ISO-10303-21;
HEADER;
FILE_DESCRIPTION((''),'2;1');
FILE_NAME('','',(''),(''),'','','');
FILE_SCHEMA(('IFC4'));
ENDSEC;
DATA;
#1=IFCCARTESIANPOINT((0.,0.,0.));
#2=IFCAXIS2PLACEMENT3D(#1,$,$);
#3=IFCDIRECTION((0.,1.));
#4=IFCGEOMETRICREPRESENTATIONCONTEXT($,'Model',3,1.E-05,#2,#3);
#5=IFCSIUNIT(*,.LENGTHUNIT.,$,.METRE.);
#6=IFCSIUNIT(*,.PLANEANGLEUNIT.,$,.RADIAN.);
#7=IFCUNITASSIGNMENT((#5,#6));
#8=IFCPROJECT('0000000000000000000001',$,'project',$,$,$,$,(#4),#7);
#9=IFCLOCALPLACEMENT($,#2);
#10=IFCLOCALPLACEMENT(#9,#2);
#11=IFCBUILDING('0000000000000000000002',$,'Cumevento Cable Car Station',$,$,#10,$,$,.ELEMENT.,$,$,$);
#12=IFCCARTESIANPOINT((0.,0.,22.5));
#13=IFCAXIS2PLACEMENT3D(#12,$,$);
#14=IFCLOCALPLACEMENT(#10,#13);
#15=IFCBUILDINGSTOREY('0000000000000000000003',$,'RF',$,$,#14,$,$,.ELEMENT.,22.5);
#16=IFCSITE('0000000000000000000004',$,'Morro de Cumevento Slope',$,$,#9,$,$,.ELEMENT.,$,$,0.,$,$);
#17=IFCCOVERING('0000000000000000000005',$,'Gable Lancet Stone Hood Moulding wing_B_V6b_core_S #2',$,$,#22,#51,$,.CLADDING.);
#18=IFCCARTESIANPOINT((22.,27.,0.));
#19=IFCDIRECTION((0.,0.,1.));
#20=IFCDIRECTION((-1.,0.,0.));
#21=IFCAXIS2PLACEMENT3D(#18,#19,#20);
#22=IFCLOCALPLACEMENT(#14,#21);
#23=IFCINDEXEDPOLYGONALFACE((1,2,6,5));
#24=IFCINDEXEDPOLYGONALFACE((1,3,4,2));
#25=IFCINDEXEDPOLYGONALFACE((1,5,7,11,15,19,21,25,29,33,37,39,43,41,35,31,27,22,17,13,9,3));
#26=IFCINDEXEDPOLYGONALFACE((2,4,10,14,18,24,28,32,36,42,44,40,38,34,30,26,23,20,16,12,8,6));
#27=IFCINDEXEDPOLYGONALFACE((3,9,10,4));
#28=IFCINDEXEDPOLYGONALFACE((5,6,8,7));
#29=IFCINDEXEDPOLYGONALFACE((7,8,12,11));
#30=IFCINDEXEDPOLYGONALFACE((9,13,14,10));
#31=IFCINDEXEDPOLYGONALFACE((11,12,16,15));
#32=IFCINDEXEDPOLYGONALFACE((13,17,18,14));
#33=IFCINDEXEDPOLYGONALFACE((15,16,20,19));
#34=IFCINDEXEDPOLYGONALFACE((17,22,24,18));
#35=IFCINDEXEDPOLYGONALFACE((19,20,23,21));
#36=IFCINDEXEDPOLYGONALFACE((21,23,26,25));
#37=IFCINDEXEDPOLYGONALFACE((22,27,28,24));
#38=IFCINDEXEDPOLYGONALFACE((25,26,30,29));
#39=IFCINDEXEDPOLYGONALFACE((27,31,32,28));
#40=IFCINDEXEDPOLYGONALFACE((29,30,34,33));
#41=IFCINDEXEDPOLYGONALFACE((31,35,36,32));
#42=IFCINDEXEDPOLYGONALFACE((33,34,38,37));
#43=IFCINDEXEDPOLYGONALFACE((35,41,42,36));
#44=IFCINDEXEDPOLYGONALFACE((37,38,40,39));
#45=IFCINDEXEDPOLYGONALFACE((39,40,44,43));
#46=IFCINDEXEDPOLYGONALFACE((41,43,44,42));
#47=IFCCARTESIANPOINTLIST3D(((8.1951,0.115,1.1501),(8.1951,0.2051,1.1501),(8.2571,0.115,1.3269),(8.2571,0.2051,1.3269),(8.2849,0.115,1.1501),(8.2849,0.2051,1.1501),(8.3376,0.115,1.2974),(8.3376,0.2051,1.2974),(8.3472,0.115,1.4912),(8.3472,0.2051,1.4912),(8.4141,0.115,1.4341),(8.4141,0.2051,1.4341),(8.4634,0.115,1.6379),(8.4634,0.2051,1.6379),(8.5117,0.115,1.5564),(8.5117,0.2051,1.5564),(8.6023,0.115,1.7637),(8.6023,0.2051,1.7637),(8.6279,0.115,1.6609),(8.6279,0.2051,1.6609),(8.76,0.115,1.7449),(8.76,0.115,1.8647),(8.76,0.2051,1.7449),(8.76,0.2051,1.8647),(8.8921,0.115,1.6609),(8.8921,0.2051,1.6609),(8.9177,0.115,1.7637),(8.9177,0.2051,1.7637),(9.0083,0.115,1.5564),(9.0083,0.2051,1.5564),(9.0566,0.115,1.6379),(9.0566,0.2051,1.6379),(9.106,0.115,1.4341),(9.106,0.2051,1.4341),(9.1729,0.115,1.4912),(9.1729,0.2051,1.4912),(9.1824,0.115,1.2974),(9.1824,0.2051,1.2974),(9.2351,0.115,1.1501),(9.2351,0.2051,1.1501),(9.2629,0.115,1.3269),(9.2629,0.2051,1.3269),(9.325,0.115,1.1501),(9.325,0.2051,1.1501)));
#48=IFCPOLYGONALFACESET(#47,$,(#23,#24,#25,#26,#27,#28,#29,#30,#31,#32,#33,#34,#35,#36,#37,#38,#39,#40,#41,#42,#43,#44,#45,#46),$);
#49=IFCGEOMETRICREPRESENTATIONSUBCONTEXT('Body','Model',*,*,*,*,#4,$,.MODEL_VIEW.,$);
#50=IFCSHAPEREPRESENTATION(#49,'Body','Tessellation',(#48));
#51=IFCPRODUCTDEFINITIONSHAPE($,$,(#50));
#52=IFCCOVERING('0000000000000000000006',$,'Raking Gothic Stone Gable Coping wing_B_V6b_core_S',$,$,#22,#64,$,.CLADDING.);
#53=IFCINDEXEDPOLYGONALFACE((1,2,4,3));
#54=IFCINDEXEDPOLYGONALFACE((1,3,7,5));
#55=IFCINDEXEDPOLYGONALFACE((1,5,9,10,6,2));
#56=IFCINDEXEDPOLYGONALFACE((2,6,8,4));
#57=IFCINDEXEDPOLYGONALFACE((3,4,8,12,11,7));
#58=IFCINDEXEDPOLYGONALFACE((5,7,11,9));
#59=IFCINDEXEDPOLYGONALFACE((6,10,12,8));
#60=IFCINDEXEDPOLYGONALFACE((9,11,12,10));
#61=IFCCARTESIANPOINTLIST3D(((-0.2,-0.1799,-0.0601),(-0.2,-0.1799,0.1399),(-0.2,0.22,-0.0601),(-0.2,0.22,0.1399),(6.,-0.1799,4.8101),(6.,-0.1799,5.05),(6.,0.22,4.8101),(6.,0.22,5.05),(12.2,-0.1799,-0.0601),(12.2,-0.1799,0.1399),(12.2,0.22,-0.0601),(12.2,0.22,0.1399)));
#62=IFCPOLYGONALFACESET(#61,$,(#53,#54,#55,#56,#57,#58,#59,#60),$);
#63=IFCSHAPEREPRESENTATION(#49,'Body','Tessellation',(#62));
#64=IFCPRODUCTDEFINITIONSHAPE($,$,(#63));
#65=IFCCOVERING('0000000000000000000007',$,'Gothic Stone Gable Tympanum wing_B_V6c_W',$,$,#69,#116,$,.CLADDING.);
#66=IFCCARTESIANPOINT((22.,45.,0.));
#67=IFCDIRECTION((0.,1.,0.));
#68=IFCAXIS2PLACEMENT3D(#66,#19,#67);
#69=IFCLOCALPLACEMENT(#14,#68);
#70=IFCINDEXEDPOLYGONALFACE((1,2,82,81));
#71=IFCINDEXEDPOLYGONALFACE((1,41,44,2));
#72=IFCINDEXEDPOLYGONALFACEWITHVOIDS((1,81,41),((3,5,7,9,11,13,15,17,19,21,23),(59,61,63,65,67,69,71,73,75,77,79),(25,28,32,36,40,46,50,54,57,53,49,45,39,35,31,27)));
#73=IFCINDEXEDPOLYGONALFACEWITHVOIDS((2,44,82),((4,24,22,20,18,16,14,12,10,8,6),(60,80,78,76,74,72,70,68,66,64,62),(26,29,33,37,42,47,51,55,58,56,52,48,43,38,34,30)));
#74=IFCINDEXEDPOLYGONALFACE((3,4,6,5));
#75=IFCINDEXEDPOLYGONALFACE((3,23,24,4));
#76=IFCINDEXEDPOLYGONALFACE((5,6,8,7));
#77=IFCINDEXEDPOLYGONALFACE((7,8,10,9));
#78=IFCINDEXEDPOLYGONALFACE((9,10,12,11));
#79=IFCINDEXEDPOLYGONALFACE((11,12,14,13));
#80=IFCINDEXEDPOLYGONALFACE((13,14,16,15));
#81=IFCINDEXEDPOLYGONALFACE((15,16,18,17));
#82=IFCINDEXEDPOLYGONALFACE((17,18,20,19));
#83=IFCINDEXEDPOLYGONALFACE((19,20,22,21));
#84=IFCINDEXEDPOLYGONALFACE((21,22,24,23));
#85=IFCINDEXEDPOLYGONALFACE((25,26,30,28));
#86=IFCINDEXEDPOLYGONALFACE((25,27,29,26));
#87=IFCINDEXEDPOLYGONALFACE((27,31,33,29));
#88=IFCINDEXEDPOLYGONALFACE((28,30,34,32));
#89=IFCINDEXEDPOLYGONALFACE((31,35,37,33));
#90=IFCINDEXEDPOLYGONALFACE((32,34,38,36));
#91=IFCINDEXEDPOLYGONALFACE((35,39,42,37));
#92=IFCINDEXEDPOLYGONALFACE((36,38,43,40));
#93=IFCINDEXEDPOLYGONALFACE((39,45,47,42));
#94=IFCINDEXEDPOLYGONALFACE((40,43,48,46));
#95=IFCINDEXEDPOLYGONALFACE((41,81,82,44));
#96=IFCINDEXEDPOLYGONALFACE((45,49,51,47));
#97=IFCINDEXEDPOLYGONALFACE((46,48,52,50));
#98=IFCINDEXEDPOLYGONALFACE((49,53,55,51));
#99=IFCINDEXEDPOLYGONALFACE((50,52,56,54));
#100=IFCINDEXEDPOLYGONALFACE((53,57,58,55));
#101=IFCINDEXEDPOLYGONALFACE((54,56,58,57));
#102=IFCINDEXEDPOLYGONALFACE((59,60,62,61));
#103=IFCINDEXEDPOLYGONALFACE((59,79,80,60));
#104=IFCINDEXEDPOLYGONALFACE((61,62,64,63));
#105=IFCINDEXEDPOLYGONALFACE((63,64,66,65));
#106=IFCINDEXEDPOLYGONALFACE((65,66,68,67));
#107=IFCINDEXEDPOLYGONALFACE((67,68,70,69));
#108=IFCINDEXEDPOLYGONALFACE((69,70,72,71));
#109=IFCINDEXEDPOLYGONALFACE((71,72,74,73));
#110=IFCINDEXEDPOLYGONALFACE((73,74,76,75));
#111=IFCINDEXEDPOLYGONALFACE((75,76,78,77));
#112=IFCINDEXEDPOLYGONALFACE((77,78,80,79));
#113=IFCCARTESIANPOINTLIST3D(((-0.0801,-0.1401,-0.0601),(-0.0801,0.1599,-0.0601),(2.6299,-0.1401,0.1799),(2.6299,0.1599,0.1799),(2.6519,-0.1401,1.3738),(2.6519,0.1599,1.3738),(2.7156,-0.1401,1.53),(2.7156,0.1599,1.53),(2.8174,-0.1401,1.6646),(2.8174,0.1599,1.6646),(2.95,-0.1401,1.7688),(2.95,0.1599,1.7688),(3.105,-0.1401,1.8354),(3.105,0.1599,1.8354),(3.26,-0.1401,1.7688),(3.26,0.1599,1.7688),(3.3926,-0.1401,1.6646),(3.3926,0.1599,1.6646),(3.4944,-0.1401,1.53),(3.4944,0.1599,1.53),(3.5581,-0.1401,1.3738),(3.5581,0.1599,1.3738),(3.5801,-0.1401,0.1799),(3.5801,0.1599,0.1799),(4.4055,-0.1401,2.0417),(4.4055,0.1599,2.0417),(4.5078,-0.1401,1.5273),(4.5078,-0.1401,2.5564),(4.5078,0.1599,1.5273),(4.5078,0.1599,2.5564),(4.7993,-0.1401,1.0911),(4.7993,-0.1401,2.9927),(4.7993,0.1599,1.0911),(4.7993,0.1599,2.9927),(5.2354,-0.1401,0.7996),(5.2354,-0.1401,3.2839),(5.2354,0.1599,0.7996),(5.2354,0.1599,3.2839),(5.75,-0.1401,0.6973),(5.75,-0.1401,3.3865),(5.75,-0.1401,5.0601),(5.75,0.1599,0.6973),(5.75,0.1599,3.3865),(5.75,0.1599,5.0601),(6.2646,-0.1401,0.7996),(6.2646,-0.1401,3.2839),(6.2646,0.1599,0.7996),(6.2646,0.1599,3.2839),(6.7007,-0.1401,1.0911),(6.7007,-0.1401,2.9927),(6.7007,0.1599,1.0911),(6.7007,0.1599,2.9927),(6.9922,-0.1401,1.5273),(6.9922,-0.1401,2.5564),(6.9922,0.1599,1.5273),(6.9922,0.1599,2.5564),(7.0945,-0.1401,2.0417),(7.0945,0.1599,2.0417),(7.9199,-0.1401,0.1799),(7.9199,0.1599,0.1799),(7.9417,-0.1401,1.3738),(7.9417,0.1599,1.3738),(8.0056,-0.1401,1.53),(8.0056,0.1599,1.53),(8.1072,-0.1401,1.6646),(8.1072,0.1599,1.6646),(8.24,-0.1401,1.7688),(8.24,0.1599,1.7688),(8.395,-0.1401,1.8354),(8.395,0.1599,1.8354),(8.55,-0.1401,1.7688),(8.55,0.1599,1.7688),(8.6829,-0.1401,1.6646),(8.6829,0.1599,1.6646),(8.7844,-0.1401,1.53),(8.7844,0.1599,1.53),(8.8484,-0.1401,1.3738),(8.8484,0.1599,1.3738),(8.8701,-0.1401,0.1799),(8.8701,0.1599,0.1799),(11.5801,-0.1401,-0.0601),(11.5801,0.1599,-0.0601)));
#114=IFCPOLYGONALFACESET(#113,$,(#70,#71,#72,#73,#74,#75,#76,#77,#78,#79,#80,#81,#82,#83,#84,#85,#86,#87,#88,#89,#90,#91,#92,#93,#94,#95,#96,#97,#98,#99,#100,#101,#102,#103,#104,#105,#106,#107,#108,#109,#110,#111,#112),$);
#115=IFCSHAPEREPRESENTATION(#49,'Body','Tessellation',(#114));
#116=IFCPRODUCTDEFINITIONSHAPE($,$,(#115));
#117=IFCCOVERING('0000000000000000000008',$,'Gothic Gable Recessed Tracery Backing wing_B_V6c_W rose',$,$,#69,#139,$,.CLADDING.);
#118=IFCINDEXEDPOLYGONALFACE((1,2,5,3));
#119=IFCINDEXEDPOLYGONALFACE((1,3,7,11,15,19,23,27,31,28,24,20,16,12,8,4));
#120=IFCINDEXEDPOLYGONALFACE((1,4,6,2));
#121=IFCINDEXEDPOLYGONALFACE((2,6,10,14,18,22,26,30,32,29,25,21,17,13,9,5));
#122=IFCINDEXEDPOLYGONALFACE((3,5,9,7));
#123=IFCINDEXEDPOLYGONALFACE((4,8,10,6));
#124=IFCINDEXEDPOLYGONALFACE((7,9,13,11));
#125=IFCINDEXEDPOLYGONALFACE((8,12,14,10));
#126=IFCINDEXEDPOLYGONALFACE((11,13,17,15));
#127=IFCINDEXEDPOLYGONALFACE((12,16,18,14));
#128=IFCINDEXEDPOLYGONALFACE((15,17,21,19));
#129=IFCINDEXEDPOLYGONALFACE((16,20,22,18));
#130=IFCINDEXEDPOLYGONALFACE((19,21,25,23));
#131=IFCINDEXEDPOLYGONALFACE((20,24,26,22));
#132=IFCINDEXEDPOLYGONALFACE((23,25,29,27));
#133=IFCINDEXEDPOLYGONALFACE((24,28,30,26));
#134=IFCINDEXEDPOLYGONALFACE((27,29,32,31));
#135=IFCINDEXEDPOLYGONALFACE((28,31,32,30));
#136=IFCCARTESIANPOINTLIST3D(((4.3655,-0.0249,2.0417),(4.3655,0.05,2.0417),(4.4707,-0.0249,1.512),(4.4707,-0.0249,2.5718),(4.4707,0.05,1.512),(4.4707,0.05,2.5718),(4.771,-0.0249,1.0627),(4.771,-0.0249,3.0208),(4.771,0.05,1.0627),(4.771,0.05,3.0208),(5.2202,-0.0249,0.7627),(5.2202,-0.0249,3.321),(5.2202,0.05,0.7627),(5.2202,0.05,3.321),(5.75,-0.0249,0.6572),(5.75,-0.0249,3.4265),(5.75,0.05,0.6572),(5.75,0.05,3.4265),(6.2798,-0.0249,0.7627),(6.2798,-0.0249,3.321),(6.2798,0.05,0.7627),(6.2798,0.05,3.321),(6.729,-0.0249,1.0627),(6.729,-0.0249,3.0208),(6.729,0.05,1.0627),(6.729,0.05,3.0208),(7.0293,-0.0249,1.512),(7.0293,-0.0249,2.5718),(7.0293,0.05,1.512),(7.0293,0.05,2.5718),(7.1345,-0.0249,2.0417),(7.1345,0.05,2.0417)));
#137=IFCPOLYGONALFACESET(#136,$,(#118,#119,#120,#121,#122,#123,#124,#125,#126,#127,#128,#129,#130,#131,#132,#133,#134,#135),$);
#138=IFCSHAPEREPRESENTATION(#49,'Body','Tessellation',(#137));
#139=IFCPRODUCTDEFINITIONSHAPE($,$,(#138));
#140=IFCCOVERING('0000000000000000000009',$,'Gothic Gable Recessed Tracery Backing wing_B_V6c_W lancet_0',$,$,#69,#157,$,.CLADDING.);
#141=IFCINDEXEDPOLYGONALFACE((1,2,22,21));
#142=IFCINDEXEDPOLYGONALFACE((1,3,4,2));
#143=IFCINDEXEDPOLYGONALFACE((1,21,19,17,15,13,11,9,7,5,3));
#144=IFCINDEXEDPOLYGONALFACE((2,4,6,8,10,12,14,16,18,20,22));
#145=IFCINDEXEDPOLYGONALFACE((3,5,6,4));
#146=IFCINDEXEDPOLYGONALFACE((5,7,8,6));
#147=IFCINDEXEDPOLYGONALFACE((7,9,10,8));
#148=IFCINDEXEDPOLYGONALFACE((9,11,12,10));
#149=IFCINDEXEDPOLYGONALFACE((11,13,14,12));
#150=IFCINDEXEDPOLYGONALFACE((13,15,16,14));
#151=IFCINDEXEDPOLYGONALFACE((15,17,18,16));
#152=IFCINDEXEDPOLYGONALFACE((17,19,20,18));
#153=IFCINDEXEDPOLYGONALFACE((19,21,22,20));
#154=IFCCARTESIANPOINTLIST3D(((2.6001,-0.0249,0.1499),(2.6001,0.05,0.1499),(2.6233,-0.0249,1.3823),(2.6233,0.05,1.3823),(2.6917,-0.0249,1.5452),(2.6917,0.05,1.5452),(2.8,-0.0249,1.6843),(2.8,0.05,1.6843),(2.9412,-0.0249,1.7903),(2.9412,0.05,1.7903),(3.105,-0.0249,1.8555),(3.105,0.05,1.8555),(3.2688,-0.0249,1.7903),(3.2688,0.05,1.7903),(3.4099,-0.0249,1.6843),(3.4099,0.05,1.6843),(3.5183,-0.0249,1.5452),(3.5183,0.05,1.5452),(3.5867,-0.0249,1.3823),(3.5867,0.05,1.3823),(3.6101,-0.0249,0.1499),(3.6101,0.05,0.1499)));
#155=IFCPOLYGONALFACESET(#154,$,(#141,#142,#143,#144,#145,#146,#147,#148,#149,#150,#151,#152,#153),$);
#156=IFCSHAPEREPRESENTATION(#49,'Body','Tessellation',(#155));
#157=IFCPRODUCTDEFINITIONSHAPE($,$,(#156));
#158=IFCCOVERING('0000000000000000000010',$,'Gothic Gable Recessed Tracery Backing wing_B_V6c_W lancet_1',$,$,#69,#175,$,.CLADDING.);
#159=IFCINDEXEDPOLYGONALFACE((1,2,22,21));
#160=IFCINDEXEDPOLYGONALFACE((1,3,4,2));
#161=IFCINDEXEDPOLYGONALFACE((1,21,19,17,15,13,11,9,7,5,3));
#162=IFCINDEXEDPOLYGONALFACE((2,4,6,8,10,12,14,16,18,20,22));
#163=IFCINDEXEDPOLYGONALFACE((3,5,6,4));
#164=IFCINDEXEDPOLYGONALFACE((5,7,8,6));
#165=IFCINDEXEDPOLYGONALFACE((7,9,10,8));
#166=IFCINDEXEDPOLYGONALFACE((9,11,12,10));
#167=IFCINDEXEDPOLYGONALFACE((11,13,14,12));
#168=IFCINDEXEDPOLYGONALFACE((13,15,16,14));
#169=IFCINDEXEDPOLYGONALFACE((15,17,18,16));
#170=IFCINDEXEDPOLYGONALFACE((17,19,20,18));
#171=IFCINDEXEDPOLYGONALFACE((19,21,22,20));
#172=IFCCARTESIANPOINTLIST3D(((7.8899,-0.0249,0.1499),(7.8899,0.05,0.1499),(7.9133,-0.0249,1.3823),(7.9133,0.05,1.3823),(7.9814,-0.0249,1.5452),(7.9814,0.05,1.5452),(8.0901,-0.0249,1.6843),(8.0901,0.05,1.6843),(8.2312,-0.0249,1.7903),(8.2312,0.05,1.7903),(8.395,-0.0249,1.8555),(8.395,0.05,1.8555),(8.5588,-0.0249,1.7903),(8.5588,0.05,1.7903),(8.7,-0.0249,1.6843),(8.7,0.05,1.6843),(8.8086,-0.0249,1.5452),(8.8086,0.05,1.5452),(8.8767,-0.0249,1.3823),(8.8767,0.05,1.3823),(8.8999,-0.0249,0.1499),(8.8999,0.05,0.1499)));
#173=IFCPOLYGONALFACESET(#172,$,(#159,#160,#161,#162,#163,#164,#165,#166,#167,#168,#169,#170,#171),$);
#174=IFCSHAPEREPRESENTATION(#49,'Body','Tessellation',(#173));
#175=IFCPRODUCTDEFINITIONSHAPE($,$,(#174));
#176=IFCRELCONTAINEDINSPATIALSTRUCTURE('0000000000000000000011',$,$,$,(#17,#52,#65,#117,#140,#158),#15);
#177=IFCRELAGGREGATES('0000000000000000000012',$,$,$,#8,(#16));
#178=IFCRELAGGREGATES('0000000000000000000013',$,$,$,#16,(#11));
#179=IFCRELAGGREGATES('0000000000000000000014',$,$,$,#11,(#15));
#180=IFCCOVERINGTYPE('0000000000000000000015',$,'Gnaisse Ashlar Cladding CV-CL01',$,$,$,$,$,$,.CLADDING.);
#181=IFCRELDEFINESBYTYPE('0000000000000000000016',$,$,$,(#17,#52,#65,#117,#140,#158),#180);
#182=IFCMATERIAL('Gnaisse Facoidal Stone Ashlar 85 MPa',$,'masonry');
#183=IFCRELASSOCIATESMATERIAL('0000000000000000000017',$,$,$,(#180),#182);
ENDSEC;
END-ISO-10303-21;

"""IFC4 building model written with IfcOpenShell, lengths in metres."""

from ifc_helpers import new_model, si_unit, direction, frame, origin, place, context, subcontext, project, spatial, polyline, outline, extrude, material, type_object, element, save


model = new_model("IFC4")

# Units and contexts
model_context = context("Model", 3, precision=1e-05, world=origin(), true_north=direction((0.0, 1.0)))
body_context = subcontext(model_context, "Body", "Model", "MODEL_VIEW")
ifc_project = project(units=[si_unit("LENGTHUNIT", "METRE"), si_unit("PLANEANGLEUNIT", "RADIAN")], contexts=[model_context])

# Site, building, storey
site_placement = place(None, origin())
site = spatial("IfcSite", under=ifc_project, at=site_placement, Name="Morro de Cumevento Slope", CompositionType="ELEMENT", RefElevation=0.0)
building_placement = place(site_placement, origin())
building = spatial("IfcBuilding", under=site, at=building_placement, Name="Cumevento Cable Car Station", CompositionType="ELEMENT")
storey_placement = place(building_placement, frame((0.0, 0.0, 22.5)))
storey = spatial("IfcBuildingStorey", under=building, at=storey_placement, Name="RF", CompositionType="ELEMENT", Elevation=22.5)

# Coverings
ifc_material_1 = material(Name="Gnaisse Facoidal Stone Ashlar 85 MPa", Category="masonry")
covering_type = type_object("IfcCoveringType", Name="Gnaisse Ashlar Cladding CV-CL01", PredefinedType="CLADDING", material=ifc_material_1)
placement_1 = place(storey_placement, frame((22.0, 27.0, 0.0), z_axis=(0.0, 0.0, 1.0), x_axis=(-1.0, 0.0, 0.0)))
element("IfcCovering", 1, at=placement_1, inside=storey, type_object=covering_type, Name="Gable Lancet Stone Hood Moulding wing_B_V6b_core_S #2", PredefinedType="CLADDING", context=body_context, shape_type="SweptSolid", body=[
    extrude(outline(polyline([(8.2849, 1.1501), (8.3376, 1.2974), (8.4141, 1.4341), (8.5117, 1.5564), (8.6279, 1.6609), (8.76, 1.7449), (8.8921, 1.6609), (9.0083, 1.5564), (9.106, 1.4341), (9.1824, 1.2974), (9.2351, 1.1501), (9.325, 1.1501), (9.2629, 1.3269), (9.1729, 1.4912), (9.0566, 1.6379), (8.9177, 1.7637), (8.76, 1.8647), (8.6023, 1.7637), (8.4634, 1.6379), (8.3472, 1.4912), (8.2571, 1.3269), (8.1951, 1.1501), (8.2849, 1.1501)])), frame((0.0, 0.2051, 0.0), z_axis=(0.0, -1.0, 0.0), x_axis=(1.0, 0.0, 0.0)), (0.0, 0.0, 1.0), 0.0901),
])
element("IfcCovering", 2, at=placement_1, inside=storey, type_object=covering_type, Name="Raking Gothic Stone Gable Coping wing_B_V6b_core_S", PredefinedType="CLADDING", context=body_context, shape_type="SweptSolid", body=[
    extrude(outline(polyline([(-0.2, -0.0601), (6.0, 4.8101), (12.2, -0.0601), (12.2, 0.1399), (6.0, 5.05), (-0.2, 0.1399), (-0.2, -0.0601)])), frame((0.0, 0.22, 0.0), z_axis=(0.0, -1.0, 0.0), x_axis=(1.0, 0.0, 0.0)), (0.0, 0.0, 1.0), 0.3999),
])
placement_2 = place(storey_placement, frame((22.0, 45.0, 0.0), z_axis=(0.0, 0.0, 1.0), x_axis=(0.0, 1.0, 0.0)))
element("IfcCovering", 3, at=placement_2, inside=storey, type_object=covering_type, Name="Gothic Stone Gable Tympanum wing_B_V6c_W", PredefinedType="CLADDING", context=body_context, shape_type="SweptSolid", body=[
    extrude(outline(polyline([(-0.0801, -0.0601), (11.5801, -0.0601), (5.75, 5.0601), (-0.0801, -0.0601)]), holes=[polyline([(7.0945, 2.0417), (6.9922, 2.5564), (6.7007, 2.9927), (6.2646, 3.2839), (5.75, 3.3865), (5.2354, 3.2839), (4.7993, 2.9927), (4.5078, 2.5564), (4.4055, 2.0417), (4.5078, 1.5273), (4.7993, 1.0911), (5.2354, 0.7996), (5.75, 0.6973), (6.2646, 0.7996), (6.7007, 1.0911), (6.9922, 1.5273), (7.0945, 2.0417)]), polyline([(2.6299, 0.1799), (3.5801, 0.1799), (3.5581, 1.3738), (3.4944, 1.53), (3.3926, 1.6646), (3.26, 1.7688), (3.105, 1.8354), (2.95, 1.7688), (2.8174, 1.6646), (2.7156, 1.53), (2.6519, 1.3738), (2.6299, 0.1799)]), polyline([(7.9199, 0.1799), (8.8701, 0.1799), (8.8484, 1.3738), (8.7844, 1.53), (8.6829, 1.6646), (8.55, 1.7688), (8.395, 1.8354), (8.24, 1.7688), (8.1072, 1.6646), (8.0056, 1.53), (7.9417, 1.3738), (7.9199, 0.1799)])]), frame((0.0, 0.1599, 0.0), z_axis=(0.0, -1.0, 0.0), x_axis=(1.0, 0.0, 0.0)), (0.0, 0.0, 1.0), 0.3),
])
element("IfcCovering", 4, at=placement_2, inside=storey, type_object=covering_type, Name="Gothic Gable Recessed Tracery Backing wing_B_V6c_W rose", PredefinedType="CLADDING", context=body_context, shape_type="SweptSolid", body=[
    extrude(outline(polyline([(7.1345, 2.0417), (7.0293, 2.5718), (6.729, 3.0208), (6.2798, 3.321), (5.75, 3.4265), (5.2202, 3.321), (4.771, 3.0208), (4.4707, 2.5718), (4.3655, 2.0417), (4.4707, 1.512), (4.771, 1.0627), (5.2202, 0.7627), (5.75, 0.6572), (6.2798, 0.7627), (6.729, 1.0627), (7.0293, 1.512), (7.1345, 2.0417)])), frame((0.0, 0.05, 0.0), z_axis=(0.0, -1.0, 0.0), x_axis=(1.0, 0.0, 0.0)), (0.0, 0.0, 1.0), 0.075),
])
element("IfcCovering", 5, at=placement_2, inside=storey, type_object=covering_type, Name="Gothic Gable Recessed Tracery Backing wing_B_V6c_W lancet_0", PredefinedType="CLADDING", context=body_context, shape_type="SweptSolid", body=[
    extrude(outline(polyline([(2.6001, 0.1499), (3.6101, 0.1499), (3.5867, 1.3823), (3.5183, 1.5452), (3.4099, 1.6843), (3.2688, 1.7903), (3.105, 1.8555), (2.9412, 1.7903), (2.8, 1.6843), (2.6917, 1.5452), (2.6233, 1.3823), (2.6001, 0.1499)])), frame((0.0, 0.05, 0.0), z_axis=(0.0, -1.0, 0.0), x_axis=(1.0, 0.0, 0.0)), (0.0, 0.0, 1.0), 0.075),
])
element("IfcCovering", 6, at=placement_2, inside=storey, type_object=covering_type, Name="Gothic Gable Recessed Tracery Backing wing_B_V6c_W lancet_1", PredefinedType="CLADDING", context=body_context, shape_type="SweptSolid", body=[
    extrude(outline(polyline([(7.8899, 0.1499), (8.8999, 0.1499), (8.8767, 1.3823), (8.8086, 1.5452), (8.7, 1.6843), (8.5588, 1.7903), (8.395, 1.8555), (8.2312, 1.7903), (8.0901, 1.6843), (7.9814, 1.5452), (7.9133, 1.3823), (7.8899, 0.1499)])), frame((0.0, 0.05, 0.0), z_axis=(0.0, -1.0, 0.0), x_axis=(1.0, 0.0, 0.0)), (0.0, 0.0, 1.0), 0.075),
])

save(model, "model.ifc")
